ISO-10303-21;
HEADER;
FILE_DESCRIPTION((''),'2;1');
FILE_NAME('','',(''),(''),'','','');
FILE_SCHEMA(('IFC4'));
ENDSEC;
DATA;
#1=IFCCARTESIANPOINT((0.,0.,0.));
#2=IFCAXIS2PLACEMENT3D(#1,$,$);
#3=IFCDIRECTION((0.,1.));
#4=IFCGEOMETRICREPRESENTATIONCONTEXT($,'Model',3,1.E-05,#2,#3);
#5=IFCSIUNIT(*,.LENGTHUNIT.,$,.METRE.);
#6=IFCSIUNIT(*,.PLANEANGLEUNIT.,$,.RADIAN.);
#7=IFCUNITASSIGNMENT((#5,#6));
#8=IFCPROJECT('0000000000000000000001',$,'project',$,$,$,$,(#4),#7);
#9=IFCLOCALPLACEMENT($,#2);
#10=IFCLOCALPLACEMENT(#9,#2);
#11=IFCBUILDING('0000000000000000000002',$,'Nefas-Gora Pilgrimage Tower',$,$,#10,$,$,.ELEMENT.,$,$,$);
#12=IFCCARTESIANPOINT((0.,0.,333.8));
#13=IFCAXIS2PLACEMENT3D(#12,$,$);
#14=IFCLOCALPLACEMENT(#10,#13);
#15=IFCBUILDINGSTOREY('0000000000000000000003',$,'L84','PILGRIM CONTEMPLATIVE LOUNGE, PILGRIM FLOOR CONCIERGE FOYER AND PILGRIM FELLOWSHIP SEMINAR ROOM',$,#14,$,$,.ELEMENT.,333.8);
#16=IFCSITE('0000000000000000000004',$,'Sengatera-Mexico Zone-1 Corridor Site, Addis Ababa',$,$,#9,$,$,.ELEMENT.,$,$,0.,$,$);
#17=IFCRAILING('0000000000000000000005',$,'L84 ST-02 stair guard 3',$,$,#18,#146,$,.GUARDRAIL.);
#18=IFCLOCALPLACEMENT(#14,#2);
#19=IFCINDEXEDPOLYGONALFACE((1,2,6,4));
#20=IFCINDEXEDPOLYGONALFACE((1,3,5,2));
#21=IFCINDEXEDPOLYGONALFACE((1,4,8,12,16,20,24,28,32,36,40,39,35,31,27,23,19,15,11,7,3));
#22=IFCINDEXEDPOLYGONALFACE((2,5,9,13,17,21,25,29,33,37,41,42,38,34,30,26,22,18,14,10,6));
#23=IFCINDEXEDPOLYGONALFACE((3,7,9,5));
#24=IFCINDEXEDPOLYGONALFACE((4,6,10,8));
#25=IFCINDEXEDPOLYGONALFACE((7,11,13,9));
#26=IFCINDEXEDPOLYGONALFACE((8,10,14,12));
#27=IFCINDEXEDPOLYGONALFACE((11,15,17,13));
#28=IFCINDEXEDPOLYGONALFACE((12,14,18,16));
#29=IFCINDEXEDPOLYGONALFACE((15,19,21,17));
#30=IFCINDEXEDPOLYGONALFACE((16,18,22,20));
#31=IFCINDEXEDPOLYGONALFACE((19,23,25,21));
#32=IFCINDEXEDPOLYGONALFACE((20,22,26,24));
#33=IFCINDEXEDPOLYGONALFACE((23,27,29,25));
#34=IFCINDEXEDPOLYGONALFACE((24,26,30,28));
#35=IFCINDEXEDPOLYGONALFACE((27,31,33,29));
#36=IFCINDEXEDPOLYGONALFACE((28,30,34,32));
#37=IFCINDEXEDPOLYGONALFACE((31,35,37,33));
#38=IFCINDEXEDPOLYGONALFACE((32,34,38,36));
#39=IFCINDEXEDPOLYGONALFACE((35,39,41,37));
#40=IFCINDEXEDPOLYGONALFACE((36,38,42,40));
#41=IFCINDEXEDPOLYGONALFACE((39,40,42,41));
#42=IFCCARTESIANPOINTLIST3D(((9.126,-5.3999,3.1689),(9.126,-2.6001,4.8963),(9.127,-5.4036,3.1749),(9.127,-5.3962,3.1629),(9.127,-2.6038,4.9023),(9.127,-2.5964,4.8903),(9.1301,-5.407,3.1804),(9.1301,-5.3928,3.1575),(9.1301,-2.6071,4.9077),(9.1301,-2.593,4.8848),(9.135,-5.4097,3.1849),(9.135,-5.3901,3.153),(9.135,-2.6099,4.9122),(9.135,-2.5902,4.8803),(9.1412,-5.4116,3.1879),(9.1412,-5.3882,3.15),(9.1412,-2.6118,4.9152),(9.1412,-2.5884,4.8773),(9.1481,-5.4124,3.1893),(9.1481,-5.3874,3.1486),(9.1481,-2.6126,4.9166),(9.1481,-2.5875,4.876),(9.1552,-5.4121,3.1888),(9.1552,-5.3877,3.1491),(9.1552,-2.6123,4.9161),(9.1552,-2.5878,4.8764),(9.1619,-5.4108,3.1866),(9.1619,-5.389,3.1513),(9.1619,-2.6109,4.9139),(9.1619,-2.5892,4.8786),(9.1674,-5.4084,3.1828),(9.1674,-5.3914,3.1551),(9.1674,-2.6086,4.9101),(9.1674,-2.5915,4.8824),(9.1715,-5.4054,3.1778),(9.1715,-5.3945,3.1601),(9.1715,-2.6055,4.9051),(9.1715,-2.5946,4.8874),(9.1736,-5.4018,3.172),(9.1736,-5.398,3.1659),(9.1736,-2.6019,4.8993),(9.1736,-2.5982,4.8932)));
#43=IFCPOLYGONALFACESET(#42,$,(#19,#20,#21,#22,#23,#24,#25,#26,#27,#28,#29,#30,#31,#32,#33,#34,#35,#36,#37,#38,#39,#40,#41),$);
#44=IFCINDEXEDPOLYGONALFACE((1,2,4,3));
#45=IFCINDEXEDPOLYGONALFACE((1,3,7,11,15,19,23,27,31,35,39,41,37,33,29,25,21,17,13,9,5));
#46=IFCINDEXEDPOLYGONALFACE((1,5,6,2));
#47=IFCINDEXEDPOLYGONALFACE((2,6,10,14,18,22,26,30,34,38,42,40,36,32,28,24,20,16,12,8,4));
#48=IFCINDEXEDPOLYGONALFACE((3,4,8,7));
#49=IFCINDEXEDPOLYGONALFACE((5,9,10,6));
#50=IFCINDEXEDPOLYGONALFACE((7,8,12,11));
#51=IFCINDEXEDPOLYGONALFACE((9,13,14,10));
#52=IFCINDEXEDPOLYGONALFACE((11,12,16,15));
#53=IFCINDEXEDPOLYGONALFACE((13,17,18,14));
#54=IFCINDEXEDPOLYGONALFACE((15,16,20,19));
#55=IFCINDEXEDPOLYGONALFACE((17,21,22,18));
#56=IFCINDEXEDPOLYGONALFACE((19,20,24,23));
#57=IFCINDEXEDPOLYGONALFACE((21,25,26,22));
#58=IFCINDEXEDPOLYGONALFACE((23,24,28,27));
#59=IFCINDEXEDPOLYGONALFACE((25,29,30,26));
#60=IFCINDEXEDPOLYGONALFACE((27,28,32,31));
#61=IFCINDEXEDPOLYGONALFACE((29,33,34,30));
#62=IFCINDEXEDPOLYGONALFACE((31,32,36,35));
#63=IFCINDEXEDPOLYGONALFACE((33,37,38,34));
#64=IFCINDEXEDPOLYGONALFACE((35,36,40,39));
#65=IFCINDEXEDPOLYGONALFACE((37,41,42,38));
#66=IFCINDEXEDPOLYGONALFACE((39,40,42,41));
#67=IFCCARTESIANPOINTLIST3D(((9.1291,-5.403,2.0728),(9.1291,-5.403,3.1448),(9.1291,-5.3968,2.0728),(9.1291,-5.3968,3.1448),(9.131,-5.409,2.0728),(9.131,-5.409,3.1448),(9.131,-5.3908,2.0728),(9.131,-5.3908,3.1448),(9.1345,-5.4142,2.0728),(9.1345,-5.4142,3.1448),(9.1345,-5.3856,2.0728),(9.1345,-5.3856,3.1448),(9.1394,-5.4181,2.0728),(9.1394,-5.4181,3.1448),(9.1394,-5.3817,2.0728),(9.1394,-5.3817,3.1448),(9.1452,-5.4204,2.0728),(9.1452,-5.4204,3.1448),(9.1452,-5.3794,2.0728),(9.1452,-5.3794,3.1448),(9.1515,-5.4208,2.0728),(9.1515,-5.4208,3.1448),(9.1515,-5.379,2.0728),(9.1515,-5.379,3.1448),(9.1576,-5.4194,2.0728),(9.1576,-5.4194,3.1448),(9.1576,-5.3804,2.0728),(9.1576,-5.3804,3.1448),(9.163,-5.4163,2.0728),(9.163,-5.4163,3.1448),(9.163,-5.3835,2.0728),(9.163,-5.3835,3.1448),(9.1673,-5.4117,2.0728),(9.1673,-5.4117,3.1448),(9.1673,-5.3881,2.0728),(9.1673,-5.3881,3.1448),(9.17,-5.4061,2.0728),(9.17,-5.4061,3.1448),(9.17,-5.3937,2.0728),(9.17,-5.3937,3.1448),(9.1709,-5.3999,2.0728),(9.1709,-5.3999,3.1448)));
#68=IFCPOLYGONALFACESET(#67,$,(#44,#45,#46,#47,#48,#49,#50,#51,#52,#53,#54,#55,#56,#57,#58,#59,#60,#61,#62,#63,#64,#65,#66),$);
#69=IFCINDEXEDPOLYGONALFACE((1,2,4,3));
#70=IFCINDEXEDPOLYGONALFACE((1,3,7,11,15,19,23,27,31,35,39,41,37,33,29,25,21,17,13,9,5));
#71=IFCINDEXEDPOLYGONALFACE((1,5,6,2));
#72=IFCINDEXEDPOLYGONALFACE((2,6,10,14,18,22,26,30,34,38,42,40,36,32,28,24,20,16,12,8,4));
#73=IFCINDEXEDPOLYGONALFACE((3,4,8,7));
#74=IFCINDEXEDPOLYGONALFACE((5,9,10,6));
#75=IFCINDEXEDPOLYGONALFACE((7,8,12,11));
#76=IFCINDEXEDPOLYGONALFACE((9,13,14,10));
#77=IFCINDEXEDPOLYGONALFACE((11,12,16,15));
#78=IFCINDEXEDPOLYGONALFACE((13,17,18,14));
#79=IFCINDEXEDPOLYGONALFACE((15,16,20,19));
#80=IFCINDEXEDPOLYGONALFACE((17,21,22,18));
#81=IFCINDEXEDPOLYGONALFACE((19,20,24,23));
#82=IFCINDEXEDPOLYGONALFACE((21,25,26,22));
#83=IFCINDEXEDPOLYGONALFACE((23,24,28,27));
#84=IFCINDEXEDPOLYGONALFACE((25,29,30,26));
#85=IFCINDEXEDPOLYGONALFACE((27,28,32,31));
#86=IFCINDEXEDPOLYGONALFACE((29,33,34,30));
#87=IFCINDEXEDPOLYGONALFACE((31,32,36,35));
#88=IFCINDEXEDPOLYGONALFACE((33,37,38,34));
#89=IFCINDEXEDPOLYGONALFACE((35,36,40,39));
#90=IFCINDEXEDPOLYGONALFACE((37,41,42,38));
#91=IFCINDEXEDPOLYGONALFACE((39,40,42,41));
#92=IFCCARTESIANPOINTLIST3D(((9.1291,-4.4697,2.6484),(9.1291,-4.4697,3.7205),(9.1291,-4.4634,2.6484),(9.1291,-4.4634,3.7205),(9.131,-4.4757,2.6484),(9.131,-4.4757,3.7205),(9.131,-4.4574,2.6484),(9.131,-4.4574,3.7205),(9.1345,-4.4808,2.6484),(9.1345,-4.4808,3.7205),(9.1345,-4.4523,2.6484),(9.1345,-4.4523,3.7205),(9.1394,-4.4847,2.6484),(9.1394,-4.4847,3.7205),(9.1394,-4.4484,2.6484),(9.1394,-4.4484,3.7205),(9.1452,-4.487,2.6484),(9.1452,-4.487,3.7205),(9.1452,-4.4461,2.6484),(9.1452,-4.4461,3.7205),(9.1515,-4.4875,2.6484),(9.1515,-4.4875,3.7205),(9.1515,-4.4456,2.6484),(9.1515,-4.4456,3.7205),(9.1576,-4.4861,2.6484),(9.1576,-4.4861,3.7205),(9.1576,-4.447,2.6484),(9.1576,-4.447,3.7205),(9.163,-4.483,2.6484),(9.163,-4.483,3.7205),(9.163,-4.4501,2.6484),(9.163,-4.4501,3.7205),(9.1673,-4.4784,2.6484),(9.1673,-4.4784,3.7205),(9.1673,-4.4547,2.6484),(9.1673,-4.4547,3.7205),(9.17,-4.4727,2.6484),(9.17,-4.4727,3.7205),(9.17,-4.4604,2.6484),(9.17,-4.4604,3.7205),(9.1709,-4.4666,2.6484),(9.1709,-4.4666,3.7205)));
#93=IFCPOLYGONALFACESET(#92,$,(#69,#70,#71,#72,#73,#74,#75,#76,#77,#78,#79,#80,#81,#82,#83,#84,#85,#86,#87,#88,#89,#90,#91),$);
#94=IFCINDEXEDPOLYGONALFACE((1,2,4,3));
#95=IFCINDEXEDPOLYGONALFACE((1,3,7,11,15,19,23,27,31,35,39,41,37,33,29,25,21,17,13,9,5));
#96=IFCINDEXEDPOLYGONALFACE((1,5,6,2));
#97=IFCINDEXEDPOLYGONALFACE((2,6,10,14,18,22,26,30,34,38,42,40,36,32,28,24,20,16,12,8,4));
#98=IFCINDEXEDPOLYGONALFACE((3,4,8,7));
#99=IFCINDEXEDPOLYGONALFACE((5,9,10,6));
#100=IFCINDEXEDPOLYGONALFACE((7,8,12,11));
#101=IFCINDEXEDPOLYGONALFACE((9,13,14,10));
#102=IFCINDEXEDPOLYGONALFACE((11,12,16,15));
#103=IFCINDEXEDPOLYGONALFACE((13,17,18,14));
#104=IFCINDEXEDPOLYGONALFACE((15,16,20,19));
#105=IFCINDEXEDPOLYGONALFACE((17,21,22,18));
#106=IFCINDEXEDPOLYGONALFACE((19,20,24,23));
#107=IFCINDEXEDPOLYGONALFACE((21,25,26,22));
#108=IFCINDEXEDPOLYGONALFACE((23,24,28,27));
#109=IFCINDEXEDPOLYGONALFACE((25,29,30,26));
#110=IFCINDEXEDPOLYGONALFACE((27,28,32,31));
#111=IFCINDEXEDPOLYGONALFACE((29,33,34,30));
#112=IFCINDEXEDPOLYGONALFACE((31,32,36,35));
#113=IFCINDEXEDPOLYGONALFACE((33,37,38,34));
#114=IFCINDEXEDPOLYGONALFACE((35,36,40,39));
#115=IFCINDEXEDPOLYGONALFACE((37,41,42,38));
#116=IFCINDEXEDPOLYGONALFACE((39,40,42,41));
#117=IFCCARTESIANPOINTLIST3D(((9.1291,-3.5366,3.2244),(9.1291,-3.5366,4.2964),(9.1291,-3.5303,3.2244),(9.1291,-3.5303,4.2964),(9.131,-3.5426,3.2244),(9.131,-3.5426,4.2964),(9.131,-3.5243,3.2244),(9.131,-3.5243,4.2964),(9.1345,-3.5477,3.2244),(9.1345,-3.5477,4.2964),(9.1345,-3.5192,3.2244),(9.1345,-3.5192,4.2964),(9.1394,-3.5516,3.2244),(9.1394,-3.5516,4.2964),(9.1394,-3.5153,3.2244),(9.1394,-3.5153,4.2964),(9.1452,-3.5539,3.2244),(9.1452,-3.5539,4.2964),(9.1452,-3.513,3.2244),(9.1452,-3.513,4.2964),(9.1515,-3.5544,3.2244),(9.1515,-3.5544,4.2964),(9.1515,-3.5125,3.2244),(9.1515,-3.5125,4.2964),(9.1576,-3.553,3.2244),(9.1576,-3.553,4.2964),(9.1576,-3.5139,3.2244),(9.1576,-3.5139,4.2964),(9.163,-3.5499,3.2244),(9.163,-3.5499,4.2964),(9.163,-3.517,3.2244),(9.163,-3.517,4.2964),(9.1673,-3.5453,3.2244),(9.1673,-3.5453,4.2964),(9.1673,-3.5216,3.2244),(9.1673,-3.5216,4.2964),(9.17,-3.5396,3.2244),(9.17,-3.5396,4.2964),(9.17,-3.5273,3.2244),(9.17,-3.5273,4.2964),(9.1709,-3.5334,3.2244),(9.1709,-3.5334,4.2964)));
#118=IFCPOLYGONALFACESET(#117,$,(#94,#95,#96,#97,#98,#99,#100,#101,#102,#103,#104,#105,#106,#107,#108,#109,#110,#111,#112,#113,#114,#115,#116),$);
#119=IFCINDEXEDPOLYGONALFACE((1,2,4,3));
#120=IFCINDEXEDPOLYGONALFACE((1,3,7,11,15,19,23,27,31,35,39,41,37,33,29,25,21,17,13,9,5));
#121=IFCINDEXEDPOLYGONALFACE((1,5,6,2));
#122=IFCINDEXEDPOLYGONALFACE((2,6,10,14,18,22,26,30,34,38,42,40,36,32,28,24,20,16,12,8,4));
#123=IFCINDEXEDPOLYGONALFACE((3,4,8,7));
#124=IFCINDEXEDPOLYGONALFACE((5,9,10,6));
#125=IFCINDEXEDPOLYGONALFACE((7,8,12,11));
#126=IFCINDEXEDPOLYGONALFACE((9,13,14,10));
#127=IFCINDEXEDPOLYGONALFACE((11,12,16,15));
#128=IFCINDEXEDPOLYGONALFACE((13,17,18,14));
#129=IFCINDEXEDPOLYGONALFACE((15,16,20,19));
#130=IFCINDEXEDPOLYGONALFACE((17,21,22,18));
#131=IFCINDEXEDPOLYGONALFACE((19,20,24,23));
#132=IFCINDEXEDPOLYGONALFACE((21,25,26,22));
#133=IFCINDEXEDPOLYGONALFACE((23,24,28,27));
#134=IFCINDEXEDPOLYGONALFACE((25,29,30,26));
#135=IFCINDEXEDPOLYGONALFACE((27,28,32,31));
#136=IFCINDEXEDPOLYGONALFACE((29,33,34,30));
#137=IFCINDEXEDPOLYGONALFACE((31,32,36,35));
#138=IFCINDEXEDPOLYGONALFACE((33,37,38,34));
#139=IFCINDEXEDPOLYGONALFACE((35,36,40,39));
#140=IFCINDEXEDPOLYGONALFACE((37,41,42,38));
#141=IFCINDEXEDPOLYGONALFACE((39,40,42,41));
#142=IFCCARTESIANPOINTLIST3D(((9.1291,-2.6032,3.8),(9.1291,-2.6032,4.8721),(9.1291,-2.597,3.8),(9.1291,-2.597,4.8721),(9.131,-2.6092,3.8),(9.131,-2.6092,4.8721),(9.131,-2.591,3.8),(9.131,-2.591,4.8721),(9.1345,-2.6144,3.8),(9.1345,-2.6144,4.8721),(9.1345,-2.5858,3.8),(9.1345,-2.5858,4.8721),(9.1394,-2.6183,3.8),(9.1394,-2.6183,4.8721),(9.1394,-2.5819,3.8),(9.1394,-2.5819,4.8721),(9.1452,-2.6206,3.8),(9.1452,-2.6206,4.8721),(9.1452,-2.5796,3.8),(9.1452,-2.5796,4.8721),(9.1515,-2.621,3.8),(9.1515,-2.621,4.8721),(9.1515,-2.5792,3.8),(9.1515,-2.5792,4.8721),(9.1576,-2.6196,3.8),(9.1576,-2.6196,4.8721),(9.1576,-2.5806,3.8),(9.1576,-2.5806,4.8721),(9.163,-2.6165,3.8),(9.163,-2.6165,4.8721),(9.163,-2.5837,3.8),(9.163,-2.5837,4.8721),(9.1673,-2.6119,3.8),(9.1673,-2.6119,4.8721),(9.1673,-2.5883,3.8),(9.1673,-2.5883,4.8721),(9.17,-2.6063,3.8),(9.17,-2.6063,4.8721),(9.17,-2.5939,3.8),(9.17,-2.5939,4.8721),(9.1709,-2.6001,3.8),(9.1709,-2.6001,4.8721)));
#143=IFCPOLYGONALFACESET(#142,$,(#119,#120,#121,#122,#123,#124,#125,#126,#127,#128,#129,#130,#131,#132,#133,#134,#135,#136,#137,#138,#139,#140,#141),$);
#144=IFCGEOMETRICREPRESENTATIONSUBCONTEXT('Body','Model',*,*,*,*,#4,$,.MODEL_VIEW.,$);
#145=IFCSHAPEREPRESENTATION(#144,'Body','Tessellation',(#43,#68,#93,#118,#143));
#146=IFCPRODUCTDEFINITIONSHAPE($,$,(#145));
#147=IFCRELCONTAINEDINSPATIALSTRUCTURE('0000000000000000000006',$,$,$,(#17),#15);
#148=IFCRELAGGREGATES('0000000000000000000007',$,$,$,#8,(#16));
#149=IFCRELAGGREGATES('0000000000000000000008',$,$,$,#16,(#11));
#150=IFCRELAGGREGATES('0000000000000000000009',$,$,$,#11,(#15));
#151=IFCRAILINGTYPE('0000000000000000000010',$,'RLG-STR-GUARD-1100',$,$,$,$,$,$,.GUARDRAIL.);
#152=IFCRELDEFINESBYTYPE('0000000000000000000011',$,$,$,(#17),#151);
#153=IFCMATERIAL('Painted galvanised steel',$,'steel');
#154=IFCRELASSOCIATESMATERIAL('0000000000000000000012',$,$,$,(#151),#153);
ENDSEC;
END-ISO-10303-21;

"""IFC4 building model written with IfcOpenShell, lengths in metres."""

from ifc_helpers import new_model, si_unit, direction, frame, origin, origin_2d, place, context, subcontext, project, spatial, circle, extrude, material, type_object, element, save


model = new_model("IFC4")

# Units and contexts
model_context = context("Model", 3, precision=1e-05, world=origin(), true_north=direction((0.0, 1.0)))
body_context = subcontext(model_context, "Body", "Model", "MODEL_VIEW")
ifc_project = project(units=[si_unit("LENGTHUNIT", "METRE"), si_unit("PLANEANGLEUNIT", "RADIAN")], contexts=[model_context])

# Site, building, storey
site_placement = place(None, origin())
site = spatial("IfcSite", under=ifc_project, at=site_placement, Name="Sengatera-Mexico Zone-1 Corridor Site, Addis Ababa", CompositionType="ELEMENT", RefElevation=0.0)
building_placement = place(site_placement, origin())
building = spatial("IfcBuilding", under=site, at=building_placement, Name="Nefas-Gora Pilgrimage Tower", CompositionType="ELEMENT")
storey_placement = place(building_placement, frame((0.0, 0.0, 333.8)))
storey = spatial("IfcBuildingStorey", under=building, at=storey_placement, Name="L84", Description="PILGRIM CONTEMPLATIVE LOUNGE, PILGRIM FLOOR CONCIERGE FOYER AND PILGRIM FELLOWSHIP SEMINAR ROOM", CompositionType="ELEMENT", Elevation=333.8)

# Railing
ifc_material_1 = material(Name="Painted galvanised steel", Category="steel")
railing_type_1 = type_object("IfcRailingType", Name="RLG-STR-GUARD-1100", PredefinedType="GUARDRAIL", material=ifc_material_1)
railing_1_placement = place(storey_placement, frame((9.1499, -5.3999, 2.0728)))
element("IfcRailing", 1, at=railing_1_placement, inside=storey, type_object=railing_type_1, Name="L84 ST-02 stair guard 3", PredefinedType="GUARDRAIL", context=body_context, shape_type="SweptSolid", body=[
    extrude(circle(Radius=0.0239, at=origin_2d()), frame((0.0, 0.0, 1.0962), z_axis=(0.0, 0.851069, 0.525054), x_axis=(-1.0, 0.0, 0.0)), (0.0, 0.0, 1.0), 3.2898),
    extrude(circle(Radius=0.021, at=origin_2d()), origin(), (0.0, 0.0, 1.0), 1.072),
    extrude(circle(Radius=0.021, at=origin_2d()), frame((0.0, 0.9333, 0.5757)), (0.0, 0.0, 1.0), 1.072),
    extrude(circle(Radius=0.021, at=origin_2d()), frame((0.0, 1.8665, 1.1516)), (0.0, 0.0, 1.0), 1.072),
    extrude(circle(Radius=0.021, at=origin_2d()), frame((0.0, 2.7998, 1.7273)), (0.0, 0.0, 1.0), 1.072),
])

save(model, "model.ifc")
